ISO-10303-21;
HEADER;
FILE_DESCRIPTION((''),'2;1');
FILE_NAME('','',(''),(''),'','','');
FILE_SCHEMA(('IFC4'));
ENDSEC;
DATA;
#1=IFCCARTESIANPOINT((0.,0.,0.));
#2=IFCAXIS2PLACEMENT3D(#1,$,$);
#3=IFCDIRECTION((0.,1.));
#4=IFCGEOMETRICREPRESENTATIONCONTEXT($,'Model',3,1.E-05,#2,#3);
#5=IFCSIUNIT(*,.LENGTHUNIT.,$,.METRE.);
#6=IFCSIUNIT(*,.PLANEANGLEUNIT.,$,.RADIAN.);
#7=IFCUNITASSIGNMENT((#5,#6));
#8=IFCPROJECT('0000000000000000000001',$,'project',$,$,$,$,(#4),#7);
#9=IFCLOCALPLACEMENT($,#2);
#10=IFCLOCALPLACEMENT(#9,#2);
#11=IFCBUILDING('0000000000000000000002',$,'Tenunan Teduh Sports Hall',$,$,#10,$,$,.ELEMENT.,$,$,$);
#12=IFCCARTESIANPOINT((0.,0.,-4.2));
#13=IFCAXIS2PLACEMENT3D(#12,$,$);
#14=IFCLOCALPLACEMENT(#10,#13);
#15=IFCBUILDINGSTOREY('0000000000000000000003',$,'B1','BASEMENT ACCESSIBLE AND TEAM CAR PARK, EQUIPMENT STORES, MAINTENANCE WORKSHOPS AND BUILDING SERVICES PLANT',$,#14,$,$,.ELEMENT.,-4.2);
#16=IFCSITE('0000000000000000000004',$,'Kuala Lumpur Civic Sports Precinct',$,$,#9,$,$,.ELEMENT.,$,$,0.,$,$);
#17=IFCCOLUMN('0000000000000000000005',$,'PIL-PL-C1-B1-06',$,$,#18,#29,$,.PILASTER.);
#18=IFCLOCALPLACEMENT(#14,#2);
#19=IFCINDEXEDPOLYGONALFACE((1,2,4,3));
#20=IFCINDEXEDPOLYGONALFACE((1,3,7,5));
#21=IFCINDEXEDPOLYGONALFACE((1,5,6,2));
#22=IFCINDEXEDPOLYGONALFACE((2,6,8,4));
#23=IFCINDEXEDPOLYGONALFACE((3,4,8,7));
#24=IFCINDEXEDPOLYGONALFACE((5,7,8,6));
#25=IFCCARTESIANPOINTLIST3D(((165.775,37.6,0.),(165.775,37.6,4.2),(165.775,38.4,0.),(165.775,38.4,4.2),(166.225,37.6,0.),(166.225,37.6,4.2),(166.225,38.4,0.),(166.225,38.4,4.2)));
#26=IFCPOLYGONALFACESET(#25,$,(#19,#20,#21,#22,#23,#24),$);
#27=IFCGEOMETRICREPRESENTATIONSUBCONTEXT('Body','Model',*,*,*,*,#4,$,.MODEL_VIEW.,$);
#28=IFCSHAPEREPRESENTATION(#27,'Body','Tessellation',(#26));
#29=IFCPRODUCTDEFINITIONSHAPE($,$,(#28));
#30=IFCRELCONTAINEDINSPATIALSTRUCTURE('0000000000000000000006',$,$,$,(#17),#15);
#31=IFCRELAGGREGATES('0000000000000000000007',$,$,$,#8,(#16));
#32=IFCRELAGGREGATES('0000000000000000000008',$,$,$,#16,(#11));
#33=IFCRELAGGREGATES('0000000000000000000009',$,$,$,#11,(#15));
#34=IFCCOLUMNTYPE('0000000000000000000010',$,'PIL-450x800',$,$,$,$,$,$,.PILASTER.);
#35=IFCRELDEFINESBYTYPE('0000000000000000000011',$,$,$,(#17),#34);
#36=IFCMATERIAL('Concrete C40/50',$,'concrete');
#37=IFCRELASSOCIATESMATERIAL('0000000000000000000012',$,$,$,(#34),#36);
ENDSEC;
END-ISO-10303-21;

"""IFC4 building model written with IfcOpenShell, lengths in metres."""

from ifc_helpers import new_model, si_unit, direction, frame, origin, origin_2d, place, context, subcontext, project, spatial, rectangle, extrude, material, material_profile, profile_set, type_object, element, save


model = new_model("IFC4")

# Units and contexts
model_context = context("Model", 3, precision=1e-05, world=origin(), true_north=direction((0.0, 1.0)))
body_context = subcontext(model_context, "Body", "Model", "MODEL_VIEW")
ifc_project = project(units=[si_unit("LENGTHUNIT", "METRE"), si_unit("PLANEANGLEUNIT", "RADIAN")], contexts=[model_context])

# Site, building, storey
site_placement = place(None, origin())
site = spatial("IfcSite", under=ifc_project, at=site_placement, Name="Kuala Lumpur Civic Sports Precinct", CompositionType="ELEMENT", RefElevation=0.0)
building_placement = place(site_placement, origin())
building = spatial("IfcBuilding", under=site, at=building_placement, Name="Tenunan Teduh Sports Hall", CompositionType="ELEMENT")
storey_placement = place(building_placement, frame((0.0, 0.0, -4.2)))
storey = spatial("IfcBuildingStorey", under=building, at=storey_placement, Name="B1", Description="BASEMENT ACCESSIBLE AND TEAM CAR PARK, EQUIPMENT STORES, MAINTENANCE WORKSHOPS AND BUILDING SERVICES PLANT", CompositionType="ELEMENT", Elevation=-4.2)

# Column
ifc_material_1 = material(Name="Concrete C40/50", Category="concrete")
ifc_material_profile_1 = material_profile(ifc_material_1, rectangle(XDim=0.45, YDim=0.8, at=origin_2d()), Name="PIL 450x800")
ifc_profile_set_1 = profile_set([ifc_material_profile_1], Name="Concrete C40/50")
column_type_1 = type_object("IfcColumnType", Name="PIL-450x800", PredefinedType="PILASTER", material=ifc_profile_set_1)
column_placement = place(storey_placement, frame((166.0, 38.0, 0.0), z_axis=(0.0, 0.0, 1.0), x_axis=(1.0, 0.0, 0.0)))
element("IfcColumn", 1, at=column_placement, inside=storey, type_object=column_type_1, Name="PIL-PL-C1-B1-06", PredefinedType="PILASTER", context=body_context, shape_type="SweptSolid", body=[
    extrude(rectangle(XDim=0.45, YDim=0.8, at=origin_2d()), origin(), (0.0, 0.0, 1.0), 4.2),
])

save(model, "model.ifc")
